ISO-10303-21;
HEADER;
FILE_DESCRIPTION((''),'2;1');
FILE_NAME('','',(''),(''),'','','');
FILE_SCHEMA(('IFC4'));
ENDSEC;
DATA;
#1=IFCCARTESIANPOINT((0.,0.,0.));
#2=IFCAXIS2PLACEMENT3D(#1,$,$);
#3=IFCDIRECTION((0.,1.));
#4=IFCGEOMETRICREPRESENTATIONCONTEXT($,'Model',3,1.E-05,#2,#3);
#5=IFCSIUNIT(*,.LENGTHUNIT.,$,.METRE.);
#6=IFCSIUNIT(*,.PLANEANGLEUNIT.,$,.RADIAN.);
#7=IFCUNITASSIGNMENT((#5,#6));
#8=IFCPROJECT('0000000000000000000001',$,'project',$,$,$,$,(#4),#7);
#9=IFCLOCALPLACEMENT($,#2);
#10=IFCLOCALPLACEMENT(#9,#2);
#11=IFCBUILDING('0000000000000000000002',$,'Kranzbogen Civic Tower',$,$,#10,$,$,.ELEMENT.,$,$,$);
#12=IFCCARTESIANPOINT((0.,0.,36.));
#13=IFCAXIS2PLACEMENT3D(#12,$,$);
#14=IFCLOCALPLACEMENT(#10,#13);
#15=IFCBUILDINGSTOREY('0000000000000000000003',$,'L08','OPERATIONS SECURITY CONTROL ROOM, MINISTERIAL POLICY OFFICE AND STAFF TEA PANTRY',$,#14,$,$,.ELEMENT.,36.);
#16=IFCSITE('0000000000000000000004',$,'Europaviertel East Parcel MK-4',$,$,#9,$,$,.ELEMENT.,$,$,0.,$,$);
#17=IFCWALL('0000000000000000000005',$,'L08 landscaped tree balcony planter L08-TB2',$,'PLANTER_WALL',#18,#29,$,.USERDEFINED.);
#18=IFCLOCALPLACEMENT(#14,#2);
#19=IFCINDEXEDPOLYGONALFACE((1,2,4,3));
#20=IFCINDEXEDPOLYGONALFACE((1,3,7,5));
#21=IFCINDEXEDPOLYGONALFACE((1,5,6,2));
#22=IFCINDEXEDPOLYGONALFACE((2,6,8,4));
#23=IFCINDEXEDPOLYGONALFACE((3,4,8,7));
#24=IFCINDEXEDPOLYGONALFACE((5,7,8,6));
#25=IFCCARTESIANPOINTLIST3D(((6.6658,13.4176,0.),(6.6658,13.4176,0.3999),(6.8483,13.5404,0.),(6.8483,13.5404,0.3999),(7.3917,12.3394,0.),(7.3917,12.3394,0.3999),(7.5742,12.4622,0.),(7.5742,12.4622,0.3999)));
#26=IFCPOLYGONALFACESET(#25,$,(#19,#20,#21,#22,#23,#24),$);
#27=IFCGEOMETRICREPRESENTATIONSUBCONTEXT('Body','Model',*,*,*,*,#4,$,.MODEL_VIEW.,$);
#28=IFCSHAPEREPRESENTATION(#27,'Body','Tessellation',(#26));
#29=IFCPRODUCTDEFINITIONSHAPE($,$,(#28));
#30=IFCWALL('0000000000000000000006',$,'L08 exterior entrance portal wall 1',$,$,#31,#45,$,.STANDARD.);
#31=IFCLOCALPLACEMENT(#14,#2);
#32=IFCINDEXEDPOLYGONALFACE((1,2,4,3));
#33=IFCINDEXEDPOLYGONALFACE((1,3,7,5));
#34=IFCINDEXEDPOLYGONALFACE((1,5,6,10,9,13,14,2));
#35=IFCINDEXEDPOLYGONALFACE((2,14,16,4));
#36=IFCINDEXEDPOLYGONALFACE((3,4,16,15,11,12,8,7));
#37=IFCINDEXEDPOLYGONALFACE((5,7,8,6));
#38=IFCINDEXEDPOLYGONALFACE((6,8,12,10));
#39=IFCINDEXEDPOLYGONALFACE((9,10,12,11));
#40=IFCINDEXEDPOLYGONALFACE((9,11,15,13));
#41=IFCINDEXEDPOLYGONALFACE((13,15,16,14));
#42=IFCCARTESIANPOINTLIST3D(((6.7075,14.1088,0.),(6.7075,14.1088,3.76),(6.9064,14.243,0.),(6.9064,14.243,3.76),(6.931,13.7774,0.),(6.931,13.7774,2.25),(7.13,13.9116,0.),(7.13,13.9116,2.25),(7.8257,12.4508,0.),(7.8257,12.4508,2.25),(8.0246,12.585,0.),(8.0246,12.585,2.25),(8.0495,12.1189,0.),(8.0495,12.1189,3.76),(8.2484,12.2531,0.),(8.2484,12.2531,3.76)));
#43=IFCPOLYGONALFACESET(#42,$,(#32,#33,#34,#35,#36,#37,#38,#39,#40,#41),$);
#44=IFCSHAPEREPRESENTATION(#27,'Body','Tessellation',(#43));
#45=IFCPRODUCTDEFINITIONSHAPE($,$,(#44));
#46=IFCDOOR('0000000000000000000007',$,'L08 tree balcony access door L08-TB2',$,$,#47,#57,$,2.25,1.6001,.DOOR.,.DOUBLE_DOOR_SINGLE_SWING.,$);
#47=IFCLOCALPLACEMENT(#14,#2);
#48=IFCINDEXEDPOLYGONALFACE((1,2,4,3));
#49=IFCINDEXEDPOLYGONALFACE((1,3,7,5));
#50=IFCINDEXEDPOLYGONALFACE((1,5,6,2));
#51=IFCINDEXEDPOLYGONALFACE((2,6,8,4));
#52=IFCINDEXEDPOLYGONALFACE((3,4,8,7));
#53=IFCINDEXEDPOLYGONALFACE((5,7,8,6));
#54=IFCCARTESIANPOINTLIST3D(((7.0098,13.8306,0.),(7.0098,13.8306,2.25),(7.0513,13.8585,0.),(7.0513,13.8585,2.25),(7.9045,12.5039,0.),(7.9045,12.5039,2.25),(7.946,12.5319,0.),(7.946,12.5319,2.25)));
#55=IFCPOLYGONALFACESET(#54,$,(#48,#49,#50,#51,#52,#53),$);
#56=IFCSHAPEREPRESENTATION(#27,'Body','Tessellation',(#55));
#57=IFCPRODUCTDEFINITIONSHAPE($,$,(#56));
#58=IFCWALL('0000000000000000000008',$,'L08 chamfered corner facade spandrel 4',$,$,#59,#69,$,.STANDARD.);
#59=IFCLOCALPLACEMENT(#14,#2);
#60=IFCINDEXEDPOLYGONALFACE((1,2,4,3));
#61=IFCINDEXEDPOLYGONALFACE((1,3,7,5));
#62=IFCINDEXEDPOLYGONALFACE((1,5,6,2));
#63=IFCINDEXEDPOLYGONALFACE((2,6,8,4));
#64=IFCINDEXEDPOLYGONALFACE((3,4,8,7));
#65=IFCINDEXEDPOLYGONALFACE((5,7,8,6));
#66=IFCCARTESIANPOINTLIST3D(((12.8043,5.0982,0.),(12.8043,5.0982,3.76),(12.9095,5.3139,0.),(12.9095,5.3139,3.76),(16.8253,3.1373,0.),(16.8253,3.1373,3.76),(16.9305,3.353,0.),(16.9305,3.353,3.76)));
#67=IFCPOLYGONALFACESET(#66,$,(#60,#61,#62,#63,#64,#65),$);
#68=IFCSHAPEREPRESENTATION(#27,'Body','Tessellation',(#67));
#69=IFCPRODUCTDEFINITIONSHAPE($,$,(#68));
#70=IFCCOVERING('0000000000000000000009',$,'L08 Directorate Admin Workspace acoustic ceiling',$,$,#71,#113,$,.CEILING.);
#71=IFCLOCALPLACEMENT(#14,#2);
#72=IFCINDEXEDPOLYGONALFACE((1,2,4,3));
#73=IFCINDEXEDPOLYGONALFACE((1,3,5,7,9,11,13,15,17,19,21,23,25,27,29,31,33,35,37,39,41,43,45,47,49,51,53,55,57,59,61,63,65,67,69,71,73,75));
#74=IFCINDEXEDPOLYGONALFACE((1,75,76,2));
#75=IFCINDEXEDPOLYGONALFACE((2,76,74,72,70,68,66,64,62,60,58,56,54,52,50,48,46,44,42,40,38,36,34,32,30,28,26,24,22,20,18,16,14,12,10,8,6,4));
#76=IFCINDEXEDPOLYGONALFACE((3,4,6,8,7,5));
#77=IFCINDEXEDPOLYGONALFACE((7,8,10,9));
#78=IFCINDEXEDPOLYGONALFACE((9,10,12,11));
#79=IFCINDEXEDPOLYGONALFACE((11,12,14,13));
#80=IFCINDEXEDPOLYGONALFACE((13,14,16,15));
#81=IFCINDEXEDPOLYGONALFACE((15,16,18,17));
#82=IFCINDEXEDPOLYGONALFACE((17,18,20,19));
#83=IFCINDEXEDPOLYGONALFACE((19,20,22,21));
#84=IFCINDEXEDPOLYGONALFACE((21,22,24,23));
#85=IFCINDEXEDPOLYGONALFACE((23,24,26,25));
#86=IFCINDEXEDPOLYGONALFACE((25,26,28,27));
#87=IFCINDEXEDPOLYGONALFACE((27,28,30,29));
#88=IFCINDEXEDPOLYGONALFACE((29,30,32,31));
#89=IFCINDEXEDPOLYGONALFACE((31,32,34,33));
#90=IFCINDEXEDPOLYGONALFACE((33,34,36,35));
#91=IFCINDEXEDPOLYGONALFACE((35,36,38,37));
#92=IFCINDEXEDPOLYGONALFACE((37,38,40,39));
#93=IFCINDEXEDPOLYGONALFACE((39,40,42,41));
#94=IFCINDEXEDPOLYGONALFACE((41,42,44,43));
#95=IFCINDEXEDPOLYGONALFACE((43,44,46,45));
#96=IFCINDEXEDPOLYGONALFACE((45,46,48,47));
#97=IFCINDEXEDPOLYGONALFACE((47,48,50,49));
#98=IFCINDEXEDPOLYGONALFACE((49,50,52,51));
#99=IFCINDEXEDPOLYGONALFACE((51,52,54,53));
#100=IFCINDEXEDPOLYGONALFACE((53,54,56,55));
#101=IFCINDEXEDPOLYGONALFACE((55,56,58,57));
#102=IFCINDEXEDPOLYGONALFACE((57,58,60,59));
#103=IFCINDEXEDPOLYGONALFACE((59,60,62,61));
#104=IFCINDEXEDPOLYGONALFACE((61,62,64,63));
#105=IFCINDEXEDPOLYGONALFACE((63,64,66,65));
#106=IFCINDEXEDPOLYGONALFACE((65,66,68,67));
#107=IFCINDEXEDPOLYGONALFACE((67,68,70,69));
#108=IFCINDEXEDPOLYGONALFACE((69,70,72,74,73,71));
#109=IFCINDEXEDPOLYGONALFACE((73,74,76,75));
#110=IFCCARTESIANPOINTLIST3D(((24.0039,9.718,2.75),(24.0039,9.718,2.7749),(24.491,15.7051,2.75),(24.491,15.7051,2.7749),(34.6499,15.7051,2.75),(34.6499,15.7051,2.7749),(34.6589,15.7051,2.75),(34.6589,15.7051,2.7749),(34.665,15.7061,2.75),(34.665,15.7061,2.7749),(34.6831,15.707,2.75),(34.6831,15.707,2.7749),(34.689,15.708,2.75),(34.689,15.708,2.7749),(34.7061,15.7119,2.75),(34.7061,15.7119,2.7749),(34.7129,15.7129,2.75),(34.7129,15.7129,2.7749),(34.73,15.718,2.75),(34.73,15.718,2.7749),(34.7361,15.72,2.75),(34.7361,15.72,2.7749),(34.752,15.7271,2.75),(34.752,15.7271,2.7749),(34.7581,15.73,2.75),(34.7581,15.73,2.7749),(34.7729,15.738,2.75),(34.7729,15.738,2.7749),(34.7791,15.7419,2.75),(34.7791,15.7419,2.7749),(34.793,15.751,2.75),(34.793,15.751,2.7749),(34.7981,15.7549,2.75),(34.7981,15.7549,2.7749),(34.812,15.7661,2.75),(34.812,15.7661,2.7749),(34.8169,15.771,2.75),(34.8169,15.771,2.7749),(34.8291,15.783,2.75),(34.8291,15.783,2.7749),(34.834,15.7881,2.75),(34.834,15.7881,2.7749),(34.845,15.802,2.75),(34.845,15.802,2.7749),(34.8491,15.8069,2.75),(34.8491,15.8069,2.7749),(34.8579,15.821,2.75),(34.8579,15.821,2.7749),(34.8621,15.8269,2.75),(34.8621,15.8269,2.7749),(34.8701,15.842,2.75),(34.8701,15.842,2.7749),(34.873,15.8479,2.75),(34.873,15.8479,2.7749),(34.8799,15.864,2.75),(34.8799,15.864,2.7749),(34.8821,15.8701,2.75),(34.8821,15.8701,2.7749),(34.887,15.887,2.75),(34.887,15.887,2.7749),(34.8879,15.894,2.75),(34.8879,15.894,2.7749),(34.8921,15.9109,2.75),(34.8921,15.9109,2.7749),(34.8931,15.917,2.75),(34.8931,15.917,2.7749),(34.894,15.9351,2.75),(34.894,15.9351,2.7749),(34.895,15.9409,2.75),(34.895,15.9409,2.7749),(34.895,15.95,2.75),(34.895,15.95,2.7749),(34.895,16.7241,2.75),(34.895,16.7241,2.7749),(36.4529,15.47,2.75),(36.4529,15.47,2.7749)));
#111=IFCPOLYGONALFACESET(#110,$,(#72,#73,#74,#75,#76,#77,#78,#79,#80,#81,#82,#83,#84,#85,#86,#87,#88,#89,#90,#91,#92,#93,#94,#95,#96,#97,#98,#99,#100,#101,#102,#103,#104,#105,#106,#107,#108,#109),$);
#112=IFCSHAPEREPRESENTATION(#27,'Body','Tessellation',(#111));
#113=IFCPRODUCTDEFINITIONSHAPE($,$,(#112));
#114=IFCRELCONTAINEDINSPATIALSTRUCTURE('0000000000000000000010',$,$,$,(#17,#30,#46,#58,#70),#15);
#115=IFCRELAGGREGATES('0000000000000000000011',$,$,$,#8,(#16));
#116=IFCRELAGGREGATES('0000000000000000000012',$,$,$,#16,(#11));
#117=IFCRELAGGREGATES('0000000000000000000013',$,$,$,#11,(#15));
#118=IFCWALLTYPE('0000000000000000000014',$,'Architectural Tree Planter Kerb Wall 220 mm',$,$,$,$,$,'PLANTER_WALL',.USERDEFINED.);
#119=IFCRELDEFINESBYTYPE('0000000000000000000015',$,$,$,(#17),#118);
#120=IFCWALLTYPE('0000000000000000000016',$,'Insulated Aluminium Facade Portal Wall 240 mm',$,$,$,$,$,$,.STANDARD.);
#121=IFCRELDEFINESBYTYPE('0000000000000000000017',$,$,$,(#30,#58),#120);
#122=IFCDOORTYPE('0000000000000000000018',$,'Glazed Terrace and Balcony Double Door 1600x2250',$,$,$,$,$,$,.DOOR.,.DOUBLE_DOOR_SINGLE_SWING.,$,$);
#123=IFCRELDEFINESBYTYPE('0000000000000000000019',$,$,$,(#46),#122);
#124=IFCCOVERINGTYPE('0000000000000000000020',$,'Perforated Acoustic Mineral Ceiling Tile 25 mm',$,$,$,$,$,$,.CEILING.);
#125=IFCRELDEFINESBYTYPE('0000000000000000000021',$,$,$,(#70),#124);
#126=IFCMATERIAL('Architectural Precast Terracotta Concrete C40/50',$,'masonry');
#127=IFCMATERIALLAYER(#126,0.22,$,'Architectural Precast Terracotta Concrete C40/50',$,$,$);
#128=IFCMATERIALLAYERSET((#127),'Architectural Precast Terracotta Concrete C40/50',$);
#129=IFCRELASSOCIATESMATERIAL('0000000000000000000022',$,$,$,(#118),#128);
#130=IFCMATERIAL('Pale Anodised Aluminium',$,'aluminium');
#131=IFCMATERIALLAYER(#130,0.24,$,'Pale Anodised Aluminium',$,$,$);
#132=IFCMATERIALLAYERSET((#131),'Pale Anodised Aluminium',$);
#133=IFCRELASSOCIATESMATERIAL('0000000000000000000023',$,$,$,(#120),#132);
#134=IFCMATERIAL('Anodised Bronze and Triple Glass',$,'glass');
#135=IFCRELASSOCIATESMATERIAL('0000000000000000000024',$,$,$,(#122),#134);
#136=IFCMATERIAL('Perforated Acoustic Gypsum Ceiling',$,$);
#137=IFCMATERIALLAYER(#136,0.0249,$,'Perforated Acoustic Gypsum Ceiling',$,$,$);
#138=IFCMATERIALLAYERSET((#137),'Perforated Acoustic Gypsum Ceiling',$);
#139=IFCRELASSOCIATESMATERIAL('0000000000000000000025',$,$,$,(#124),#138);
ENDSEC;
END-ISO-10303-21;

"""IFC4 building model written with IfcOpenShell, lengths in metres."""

from ifc_helpers import new_model, si_unit, direction, frame, frame_2d, origin, place, context, subcontext, project, spatial, polyline, rectangle, outline, extrude, material, layer, layer_set, type_object, element, fill, save


model = new_model("IFC4")

# Units and contexts
model_context = context("Model", 3, precision=1e-05, world=origin(), true_north=direction((0.0, 1.0)))
body_context = subcontext(model_context, "Body", "Model", "MODEL_VIEW")
ifc_project = project(units=[si_unit("LENGTHUNIT", "METRE"), si_unit("PLANEANGLEUNIT", "RADIAN")], contexts=[model_context])

# Site, building, storey
site_placement = place(None, origin())
site = spatial("IfcSite", under=ifc_project, at=site_placement, Name="Europaviertel East Parcel MK-4", CompositionType="ELEMENT", RefElevation=0.0)
building_placement = place(site_placement, origin())
building = spatial("IfcBuilding", under=site, at=building_placement, Name="Kranzbogen Civic Tower", CompositionType="ELEMENT")
storey_placement = place(building_placement, frame((0.0, 0.0, 36.0)))
storey = spatial("IfcBuildingStorey", under=building, at=storey_placement, Name="L08", Description="OPERATIONS SECURITY CONTROL ROOM, MINISTERIAL POLICY OFFICE AND STAFF TEA PANTRY", CompositionType="ELEMENT", Elevation=36.0)

# Shared definitions
ifc_material_1 = material(Name="Pale Anodised Aluminium", Category="aluminium")

# Wall
ifc_material_2 = material(Name="Architectural Precast Terracotta Concrete C40/50", Category="masonry")
ifc_layer_1 = layer(ifc_material_2, 0.22, Name="Architectural Precast Terracotta Concrete C40/50")
ifc_layer_set_1 = layer_set([ifc_layer_1], Name="Architectural Precast Terracotta Concrete C40/50")
wall_type_1 = type_object("IfcWallType", Name="Architectural Tree Planter Kerb Wall 220 mm", ElementType="PLANTER_WALL", PredefinedType="USERDEFINED", material=ifc_layer_set_1)
wall_1_placement = place(storey_placement, frame((6.7571, 13.479, 0.0), z_axis=(0.0, 0.0, 1.0), x_axis=(0.558466, -0.829528, 0.0)))
element("IfcWall", 1, at=wall_1_placement, inside=storey, type_object=wall_type_1, Name="L08 landscaped tree balcony planter L08-TB2", ObjectType="PLANTER_WALL", PredefinedType="USERDEFINED", context=body_context, shape_type="SweptSolid", body=[
    extrude(rectangle(XDim=1.2998, YDim=0.22, at=frame_2d((0.6499, 0.0))), origin(), (0.0, 0.0, 1.0), 0.3999),
])

# Wall, opening, door
ifc_layer_2 = layer(ifc_material_1, 0.24, Name="Pale Anodised Aluminium")
ifc_layer_set_2 = layer_set([ifc_layer_2], Name="Pale Anodised Aluminium")
wall_type_2 = type_object("IfcWallType", Name="Insulated Aluminium Facade Portal Wall 240 mm", PredefinedType="STANDARD", material=ifc_layer_set_2)
wall_2_placement = place(storey_placement, frame((6.8069, 14.176, 0.0), z_axis=(0.0, 0.0, 1.0), x_axis=(0.559129, -0.829081, 0.0)))
wall_2 = element("IfcWall", 2, at=wall_2_placement, inside=storey, type_object=wall_type_2, Name="L08 exterior entrance portal wall 1", PredefinedType="STANDARD", context=body_context, shape_type="SweptSolid", body=[
    extrude(rectangle(XDim=2.4001, YDim=0.24, at=frame_2d((1.2002, 0.0))), origin(), (0.0, 0.0, 1.0), 3.76),
])
opening_placement = place(wall_2_placement, frame((0.3999, 0.0, 0.0)))
opening = element("IfcOpeningElement", 3, at=opening_placement, cuts=wall_2, PredefinedType="OPENING", context=body_context, shape_type="SweptSolid", body=[
    extrude(rectangle(XDim=1.6001, YDim=2.25, at=frame_2d((0.8, 1.125))), frame((0.0, 0.1299, 0.0), z_axis=(0.0, -1.0, 0.0), x_axis=(1.0, 0.0, 0.0)), (0.0, 0.0, 1.0), 0.26),
])
ifc_material_3 = material(Name="Anodised Bronze and Triple Glass", Category="glass")
door_type = type_object("IfcDoorType", Name="Glazed Terrace and Balcony Double Door 1600x2250", OperationType="DOUBLE_DOOR_SINGLE_SWING", PredefinedType="DOOR", material=ifc_material_3)
door_placement = place(opening_placement, frame((1.6001, 0.0, 0.0), z_axis=(0.0, 0.0, 1.0), x_axis=(-1.0, 0.0, 0.0)))
door = element("IfcDoor", 4, at=door_placement, inside=storey, type_object=door_type, Name="L08 tree balcony access door L08-TB2", OperationType="DOUBLE_DOOR_SINGLE_SWING", OverallHeight=2.25, OverallWidth=1.6001, PredefinedType="DOOR", context=body_context, shape_type="SweptSolid", body=[
    extrude(rectangle(XDim=1.6001, YDim=2.25, at=frame_2d((0.8, 1.125))), frame((0.0, 0.0249, 0.0), z_axis=(0.0, -1.0, 0.0), x_axis=(1.0, 0.0, 0.0)), (0.0, 0.0, 1.0), 0.05),
])
fill(opening, door)

# Wall
wall_3_placement = place(storey_placement, frame((12.8569, 5.2061, 0.0), z_axis=(0.0, 0.0, 1.0), x_axis=(0.898815, -0.438329, 0.0)))
element("IfcWall", 5, at=wall_3_placement, inside=storey, type_object=wall_type_2, Name="L08 chamfered corner facade spandrel 4", PredefinedType="STANDARD", context=body_context, shape_type="SweptSolid", body=[
    extrude(rectangle(XDim=4.4736, YDim=0.24, at=frame_2d((2.2368, 0.0))), origin(), (0.0, 0.0, 1.0), 3.76),
])

# Covering
ifc_material_4 = material(Name="Perforated Acoustic Gypsum Ceiling")
ifc_layer_3 = layer(ifc_material_4, 0.0249, Name="Perforated Acoustic Gypsum Ceiling")
ifc_layer_set_3 = layer_set([ifc_layer_3], Name="Perforated Acoustic Gypsum Ceiling")
covering_type = type_object("IfcCoveringType", Name="Perforated Acoustic Mineral Ceiling Tile 25 mm", PredefinedType="CEILING", material=ifc_layer_set_3)
covering_1_placement = place(storey_placement, frame((0.0, 0.0, 2.75)))
element("IfcCovering", 6, at=covering_1_placement, inside=storey, type_object=covering_type, Name="L08 Directorate Admin Workspace acoustic ceiling", PredefinedType="CEILING", context=body_context, shape_type="SweptSolid", body=[
    extrude(outline(polyline([(34.6499, 15.7051), (34.6589, 15.7051), (34.665, 15.7061), (34.6831, 15.707), (34.689, 15.708), (34.7061, 15.7119), (34.7129, 15.7129), (34.73, 15.718), (34.7361, 15.72), (34.752, 15.7271), (34.7581, 15.73), (34.7729, 15.738), (34.7791, 15.7419), (34.793, 15.751), (34.7981, 15.7549), (34.812, 15.7661), (34.8169, 15.771), (34.8291, 15.783), (34.834, 15.7881), (34.845, 15.802), (34.8491, 15.8069), (34.8579, 15.821), (34.8621, 15.8269), (34.8701, 15.842), (34.873, 15.8479), (34.8799, 15.864), (34.8821, 15.8701), (34.887, 15.887), (34.8879, 15.894), (34.8921, 15.9109), (34.8931, 15.917), (34.894, 15.9351), (34.895, 15.9409), (34.895, 15.95), (34.895, 16.7241), (36.4529, 15.47), (24.0039, 9.718), (24.491, 15.7051), (34.6499, 15.7051)])), origin(), (0.0, 0.0, 1.0), 0.0249),
])

save(model, "model.ifc")
